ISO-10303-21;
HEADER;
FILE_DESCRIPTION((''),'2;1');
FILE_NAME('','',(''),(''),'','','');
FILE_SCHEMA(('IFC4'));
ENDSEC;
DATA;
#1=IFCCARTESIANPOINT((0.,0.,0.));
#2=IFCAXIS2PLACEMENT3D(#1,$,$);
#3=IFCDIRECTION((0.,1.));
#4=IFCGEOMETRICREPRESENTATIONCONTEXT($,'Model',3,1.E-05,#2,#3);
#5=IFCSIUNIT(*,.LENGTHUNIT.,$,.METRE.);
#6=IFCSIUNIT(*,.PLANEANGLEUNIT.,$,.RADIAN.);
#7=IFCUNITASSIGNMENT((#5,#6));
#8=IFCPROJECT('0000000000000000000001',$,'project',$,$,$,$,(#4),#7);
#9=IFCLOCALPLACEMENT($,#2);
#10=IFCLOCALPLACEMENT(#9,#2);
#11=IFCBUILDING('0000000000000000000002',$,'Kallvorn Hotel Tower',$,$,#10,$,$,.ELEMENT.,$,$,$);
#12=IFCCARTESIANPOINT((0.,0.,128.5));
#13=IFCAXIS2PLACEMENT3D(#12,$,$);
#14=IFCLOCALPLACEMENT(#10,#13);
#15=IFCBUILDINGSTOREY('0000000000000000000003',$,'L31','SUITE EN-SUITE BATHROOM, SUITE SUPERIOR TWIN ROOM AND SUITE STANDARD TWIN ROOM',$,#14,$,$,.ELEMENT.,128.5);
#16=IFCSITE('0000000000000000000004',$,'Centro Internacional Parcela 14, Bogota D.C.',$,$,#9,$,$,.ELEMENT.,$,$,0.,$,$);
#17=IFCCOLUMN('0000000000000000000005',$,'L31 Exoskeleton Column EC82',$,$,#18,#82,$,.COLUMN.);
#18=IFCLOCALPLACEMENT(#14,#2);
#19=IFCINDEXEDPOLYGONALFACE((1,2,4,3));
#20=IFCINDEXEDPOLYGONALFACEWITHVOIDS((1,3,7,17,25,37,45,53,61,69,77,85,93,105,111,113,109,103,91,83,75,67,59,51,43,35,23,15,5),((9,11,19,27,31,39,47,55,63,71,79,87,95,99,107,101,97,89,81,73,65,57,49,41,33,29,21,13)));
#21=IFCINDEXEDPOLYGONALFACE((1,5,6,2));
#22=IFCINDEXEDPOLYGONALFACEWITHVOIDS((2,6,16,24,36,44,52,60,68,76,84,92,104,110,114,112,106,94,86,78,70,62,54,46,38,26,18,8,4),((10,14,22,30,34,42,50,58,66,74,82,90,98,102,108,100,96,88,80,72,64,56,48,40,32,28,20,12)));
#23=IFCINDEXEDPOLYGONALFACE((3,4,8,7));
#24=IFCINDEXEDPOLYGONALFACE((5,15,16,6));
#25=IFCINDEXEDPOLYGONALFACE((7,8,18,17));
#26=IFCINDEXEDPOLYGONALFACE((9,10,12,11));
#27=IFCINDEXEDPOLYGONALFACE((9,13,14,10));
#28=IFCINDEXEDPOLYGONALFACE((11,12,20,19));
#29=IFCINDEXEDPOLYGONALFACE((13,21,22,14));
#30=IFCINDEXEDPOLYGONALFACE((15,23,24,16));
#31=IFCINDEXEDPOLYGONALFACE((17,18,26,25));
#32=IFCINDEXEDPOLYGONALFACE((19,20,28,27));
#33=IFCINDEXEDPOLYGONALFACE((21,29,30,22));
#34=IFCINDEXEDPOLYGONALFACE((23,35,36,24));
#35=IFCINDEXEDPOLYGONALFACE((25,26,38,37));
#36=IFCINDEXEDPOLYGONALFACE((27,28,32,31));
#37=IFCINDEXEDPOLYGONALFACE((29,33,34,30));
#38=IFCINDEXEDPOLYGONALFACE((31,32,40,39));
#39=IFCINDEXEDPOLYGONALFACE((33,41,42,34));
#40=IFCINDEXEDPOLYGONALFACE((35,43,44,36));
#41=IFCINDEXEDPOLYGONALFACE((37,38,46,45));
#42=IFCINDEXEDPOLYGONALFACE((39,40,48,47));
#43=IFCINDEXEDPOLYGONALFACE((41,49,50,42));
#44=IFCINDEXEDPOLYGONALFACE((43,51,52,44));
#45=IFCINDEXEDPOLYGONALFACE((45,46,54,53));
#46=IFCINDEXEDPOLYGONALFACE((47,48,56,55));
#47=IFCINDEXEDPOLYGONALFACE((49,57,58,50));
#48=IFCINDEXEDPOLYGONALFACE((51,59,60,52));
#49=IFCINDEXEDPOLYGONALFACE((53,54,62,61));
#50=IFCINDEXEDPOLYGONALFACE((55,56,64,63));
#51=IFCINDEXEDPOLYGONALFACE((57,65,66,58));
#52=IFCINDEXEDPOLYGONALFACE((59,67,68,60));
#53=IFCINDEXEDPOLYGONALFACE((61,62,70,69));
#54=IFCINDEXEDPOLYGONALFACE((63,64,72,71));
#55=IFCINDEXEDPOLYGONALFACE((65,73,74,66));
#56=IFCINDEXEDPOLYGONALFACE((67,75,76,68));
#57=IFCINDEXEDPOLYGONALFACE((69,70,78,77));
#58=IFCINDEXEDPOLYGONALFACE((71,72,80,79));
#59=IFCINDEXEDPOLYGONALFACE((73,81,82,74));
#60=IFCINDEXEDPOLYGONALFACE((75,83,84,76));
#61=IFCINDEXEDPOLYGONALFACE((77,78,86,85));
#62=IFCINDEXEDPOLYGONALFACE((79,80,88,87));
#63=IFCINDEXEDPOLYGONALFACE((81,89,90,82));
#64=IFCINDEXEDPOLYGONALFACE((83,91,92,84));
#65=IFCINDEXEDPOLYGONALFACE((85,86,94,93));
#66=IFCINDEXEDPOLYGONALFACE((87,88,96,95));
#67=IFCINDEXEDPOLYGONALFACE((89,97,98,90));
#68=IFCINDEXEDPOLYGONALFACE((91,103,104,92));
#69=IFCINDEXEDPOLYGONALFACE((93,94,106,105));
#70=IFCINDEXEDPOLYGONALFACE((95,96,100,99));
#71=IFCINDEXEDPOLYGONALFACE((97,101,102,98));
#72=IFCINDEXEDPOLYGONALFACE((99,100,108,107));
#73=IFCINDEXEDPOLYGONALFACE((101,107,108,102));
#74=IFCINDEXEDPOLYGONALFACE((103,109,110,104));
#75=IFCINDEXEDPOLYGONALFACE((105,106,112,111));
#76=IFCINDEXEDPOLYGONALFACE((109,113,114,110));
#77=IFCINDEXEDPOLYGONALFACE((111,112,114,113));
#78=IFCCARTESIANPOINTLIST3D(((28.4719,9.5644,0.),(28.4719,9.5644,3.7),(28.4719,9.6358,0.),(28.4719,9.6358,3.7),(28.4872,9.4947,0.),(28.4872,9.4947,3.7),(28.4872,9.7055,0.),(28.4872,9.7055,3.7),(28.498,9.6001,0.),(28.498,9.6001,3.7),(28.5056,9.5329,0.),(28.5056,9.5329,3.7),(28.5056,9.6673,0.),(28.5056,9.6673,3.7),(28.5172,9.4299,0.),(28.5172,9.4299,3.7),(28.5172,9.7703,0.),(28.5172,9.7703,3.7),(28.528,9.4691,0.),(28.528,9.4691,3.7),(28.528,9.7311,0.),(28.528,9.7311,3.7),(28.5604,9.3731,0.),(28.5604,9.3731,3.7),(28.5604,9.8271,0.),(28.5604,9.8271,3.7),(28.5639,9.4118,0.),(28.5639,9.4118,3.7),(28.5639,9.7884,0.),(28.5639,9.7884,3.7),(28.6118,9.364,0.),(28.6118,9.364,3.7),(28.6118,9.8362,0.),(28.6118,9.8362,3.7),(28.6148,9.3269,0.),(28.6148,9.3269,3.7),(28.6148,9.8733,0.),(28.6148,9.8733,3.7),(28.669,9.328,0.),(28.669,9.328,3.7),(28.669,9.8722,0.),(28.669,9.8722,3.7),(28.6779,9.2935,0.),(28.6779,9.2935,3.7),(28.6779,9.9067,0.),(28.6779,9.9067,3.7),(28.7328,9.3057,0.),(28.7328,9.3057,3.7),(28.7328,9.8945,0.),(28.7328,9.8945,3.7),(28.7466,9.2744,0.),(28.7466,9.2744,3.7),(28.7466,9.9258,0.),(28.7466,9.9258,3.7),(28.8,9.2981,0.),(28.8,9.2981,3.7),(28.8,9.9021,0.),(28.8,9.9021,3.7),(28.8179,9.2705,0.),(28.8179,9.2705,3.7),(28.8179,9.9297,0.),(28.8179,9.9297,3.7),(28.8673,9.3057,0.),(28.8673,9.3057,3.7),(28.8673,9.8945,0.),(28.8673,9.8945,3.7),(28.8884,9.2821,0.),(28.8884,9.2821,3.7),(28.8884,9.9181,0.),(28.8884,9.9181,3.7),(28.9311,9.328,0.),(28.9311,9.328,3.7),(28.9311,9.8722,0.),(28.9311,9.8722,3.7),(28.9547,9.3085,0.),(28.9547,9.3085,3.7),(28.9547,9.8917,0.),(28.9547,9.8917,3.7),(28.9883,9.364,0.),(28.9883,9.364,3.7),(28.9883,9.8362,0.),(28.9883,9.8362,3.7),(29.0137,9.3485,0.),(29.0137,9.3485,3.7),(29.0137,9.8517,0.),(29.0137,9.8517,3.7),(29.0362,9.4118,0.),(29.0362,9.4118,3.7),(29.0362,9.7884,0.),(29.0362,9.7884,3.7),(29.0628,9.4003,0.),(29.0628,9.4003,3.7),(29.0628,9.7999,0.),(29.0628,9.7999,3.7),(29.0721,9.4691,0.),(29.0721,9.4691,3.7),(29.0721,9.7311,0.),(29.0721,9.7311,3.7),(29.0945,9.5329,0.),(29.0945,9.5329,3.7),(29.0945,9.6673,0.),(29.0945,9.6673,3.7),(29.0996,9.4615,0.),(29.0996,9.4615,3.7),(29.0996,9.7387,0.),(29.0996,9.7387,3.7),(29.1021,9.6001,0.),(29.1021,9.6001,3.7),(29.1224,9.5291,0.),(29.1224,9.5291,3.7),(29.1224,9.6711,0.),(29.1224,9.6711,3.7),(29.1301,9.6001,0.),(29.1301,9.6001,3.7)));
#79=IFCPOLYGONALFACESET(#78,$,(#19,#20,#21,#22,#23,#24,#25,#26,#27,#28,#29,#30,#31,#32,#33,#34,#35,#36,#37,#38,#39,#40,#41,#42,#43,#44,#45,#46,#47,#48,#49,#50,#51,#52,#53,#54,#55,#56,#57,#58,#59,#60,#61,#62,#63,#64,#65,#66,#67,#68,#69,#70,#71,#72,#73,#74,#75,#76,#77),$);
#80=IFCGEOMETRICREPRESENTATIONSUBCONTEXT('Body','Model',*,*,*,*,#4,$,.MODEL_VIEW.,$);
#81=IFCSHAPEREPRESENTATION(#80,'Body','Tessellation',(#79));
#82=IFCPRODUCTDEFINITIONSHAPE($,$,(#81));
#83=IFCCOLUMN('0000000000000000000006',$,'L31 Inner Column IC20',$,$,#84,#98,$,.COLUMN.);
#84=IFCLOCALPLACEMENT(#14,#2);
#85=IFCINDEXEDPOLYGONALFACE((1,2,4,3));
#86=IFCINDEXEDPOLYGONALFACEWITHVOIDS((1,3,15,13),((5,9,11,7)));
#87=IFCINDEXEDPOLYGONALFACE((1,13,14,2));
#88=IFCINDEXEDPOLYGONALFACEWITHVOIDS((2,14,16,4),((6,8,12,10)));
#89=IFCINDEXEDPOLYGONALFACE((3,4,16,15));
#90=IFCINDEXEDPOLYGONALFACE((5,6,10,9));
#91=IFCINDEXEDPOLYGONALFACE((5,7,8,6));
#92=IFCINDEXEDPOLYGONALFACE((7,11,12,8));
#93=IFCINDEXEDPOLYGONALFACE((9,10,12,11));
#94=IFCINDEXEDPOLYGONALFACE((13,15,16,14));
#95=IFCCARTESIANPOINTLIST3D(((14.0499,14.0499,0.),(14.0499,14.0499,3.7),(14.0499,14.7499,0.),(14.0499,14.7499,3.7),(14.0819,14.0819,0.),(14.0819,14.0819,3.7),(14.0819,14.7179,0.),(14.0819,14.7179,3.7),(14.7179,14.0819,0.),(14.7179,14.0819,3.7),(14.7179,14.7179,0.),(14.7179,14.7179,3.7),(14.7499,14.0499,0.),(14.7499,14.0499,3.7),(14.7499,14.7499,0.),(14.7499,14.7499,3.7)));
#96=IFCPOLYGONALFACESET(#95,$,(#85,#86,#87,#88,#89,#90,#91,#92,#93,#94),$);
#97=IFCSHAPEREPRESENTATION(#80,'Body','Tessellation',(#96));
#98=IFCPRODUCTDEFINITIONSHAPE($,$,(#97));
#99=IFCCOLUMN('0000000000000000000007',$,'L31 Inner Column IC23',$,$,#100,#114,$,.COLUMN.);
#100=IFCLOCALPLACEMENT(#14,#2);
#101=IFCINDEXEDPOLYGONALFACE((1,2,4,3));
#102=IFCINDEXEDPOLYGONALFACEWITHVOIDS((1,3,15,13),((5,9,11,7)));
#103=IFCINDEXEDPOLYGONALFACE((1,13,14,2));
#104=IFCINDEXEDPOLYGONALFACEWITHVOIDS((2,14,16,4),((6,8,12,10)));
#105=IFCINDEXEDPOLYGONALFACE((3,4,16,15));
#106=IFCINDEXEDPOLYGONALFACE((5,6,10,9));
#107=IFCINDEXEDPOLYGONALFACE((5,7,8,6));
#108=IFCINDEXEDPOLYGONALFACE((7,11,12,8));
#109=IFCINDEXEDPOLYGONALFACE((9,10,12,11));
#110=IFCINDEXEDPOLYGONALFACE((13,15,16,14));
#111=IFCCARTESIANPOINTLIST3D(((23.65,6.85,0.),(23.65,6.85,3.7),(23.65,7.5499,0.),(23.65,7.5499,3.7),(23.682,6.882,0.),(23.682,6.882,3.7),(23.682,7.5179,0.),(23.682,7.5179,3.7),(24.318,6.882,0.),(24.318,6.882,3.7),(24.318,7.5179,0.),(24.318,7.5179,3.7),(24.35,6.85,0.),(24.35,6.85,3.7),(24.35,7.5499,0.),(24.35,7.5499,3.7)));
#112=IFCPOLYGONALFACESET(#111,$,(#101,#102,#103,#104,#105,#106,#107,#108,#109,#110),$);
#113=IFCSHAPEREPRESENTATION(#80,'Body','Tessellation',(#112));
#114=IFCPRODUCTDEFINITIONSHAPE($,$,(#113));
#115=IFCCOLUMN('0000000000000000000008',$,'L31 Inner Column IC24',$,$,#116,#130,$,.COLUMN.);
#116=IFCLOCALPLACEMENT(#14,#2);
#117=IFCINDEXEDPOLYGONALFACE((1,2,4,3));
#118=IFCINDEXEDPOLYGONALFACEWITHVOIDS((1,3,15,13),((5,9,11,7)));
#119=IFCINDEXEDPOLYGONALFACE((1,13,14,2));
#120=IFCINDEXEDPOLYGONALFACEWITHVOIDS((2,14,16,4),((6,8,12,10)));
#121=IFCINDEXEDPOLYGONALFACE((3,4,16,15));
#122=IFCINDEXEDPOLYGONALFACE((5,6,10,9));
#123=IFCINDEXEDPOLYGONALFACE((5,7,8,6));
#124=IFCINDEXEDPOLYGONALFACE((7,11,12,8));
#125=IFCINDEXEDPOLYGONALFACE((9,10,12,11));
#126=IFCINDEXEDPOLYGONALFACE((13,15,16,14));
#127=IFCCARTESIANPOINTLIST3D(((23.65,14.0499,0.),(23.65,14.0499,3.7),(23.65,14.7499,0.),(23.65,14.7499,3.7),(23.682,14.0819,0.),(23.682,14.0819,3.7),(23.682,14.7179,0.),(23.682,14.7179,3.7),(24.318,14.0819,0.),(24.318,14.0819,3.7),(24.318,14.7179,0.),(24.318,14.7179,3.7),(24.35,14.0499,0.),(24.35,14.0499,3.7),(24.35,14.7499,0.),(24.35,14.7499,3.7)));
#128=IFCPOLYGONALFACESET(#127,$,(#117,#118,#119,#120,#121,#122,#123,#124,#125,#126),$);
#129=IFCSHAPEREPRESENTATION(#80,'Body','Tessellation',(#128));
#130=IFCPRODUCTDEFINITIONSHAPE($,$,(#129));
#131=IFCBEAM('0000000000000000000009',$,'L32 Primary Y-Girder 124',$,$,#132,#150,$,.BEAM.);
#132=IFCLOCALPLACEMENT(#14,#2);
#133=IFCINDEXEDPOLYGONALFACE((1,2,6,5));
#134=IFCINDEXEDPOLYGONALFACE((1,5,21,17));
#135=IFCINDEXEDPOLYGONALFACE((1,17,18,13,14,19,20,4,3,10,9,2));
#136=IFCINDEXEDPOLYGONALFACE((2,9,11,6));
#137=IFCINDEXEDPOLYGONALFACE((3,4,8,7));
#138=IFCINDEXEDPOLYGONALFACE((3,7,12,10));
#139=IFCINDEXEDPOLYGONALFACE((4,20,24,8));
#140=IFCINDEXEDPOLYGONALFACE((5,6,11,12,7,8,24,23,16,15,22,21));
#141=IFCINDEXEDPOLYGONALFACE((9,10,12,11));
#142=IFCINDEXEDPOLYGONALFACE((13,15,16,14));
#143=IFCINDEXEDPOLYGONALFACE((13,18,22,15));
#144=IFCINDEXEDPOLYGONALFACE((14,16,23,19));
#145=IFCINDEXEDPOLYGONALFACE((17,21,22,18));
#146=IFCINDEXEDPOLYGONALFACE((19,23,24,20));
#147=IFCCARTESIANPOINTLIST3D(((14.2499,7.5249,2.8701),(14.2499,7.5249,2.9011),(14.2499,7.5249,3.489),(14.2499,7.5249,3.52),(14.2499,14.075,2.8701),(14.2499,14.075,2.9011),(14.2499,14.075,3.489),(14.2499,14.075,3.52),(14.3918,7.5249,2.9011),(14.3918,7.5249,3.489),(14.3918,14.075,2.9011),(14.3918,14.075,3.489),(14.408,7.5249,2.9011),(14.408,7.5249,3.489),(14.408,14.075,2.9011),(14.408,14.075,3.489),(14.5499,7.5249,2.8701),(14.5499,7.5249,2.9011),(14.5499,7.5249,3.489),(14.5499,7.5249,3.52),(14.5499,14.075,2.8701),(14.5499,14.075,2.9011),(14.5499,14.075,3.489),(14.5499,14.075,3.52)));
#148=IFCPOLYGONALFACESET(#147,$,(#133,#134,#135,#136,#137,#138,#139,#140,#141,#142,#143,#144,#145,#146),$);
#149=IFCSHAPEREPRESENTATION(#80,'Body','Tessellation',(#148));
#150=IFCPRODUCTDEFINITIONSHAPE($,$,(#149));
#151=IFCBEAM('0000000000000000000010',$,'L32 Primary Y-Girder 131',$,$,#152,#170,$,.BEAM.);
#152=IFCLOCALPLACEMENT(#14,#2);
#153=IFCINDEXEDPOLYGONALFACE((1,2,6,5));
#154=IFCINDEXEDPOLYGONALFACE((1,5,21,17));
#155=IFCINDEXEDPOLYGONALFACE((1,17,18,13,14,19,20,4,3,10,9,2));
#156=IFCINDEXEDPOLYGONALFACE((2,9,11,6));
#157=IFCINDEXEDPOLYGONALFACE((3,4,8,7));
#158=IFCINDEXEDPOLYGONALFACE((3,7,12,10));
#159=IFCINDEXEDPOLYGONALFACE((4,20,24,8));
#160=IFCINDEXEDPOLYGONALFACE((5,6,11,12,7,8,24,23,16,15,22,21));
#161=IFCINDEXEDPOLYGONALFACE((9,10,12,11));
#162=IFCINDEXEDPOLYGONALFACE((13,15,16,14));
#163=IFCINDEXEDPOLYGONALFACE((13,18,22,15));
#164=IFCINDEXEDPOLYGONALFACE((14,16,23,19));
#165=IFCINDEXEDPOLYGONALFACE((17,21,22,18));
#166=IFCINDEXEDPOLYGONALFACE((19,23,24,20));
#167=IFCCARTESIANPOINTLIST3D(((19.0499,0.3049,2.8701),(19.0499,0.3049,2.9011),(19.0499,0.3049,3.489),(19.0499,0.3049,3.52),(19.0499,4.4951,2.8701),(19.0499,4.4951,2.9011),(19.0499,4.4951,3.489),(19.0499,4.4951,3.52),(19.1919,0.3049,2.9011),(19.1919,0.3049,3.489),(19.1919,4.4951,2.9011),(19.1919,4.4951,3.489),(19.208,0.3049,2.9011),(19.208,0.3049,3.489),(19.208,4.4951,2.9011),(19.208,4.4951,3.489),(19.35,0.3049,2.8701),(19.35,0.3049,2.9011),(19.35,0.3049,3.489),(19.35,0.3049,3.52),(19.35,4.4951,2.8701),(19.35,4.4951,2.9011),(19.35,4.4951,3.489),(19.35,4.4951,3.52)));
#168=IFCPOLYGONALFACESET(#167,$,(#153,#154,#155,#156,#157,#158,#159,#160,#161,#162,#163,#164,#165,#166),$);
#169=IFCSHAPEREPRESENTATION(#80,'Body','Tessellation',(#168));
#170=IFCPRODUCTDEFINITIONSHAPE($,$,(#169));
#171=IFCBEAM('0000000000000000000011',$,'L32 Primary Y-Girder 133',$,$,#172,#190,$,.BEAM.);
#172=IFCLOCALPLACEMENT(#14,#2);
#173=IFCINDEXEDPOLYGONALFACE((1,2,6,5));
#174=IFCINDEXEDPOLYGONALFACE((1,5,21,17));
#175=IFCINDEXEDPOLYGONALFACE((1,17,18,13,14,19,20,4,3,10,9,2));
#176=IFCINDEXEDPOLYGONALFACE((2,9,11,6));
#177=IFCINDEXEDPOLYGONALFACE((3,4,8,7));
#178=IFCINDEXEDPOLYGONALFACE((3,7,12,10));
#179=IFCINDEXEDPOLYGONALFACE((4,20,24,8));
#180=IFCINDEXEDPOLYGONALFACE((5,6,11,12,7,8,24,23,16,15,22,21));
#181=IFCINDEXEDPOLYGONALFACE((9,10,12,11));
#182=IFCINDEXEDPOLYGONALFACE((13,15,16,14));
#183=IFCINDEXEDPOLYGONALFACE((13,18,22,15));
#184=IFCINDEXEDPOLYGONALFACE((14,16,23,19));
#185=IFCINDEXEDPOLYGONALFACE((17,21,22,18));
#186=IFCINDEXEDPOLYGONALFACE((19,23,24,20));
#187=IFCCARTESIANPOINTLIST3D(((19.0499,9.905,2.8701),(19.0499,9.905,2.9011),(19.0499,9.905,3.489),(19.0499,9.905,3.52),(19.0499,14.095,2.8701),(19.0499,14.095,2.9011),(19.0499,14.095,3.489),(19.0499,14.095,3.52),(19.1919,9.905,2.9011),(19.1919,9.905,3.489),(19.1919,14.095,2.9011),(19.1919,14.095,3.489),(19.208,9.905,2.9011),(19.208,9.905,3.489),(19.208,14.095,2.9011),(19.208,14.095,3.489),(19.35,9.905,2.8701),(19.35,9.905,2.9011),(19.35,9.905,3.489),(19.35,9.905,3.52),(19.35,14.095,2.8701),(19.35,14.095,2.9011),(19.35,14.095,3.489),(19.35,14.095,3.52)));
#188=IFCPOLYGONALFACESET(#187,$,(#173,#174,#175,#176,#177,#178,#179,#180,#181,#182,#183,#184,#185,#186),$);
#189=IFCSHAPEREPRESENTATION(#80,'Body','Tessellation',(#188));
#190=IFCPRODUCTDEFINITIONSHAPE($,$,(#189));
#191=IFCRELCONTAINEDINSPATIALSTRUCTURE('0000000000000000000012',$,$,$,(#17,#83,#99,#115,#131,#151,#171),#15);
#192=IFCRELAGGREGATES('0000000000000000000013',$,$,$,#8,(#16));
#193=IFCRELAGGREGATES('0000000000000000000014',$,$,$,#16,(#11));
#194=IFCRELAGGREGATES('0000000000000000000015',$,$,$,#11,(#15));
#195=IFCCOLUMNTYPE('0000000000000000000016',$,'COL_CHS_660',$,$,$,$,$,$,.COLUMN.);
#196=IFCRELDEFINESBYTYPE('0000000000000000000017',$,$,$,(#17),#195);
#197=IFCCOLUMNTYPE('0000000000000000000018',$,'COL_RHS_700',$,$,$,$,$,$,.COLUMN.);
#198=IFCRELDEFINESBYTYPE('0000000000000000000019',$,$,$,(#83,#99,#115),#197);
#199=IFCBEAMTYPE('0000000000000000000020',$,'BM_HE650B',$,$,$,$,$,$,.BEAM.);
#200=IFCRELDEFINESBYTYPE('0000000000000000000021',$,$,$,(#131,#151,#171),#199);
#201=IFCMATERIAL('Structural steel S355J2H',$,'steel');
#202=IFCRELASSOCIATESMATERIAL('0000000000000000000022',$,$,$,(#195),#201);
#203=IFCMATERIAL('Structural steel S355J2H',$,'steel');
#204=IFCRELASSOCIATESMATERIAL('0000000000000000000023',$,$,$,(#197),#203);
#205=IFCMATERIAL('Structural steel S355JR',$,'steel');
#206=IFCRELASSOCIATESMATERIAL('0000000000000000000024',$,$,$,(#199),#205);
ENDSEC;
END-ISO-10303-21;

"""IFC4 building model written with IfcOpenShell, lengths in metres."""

from ifc_helpers import new_model, si_unit, direction, frame, origin, origin_2d, place, context, subcontext, project, spatial, hollow_rectangle, hollow_circle, i_section, extrude, material, material_profile, profile_set, type_object, element, save


model = new_model("IFC4")

# Units and contexts
model_context = context("Model", 3, precision=1e-05, world=origin(), true_north=direction((0.0, 1.0)))
body_context = subcontext(model_context, "Body", "Model", "MODEL_VIEW")
ifc_project = project(units=[si_unit("LENGTHUNIT", "METRE"), si_unit("PLANEANGLEUNIT", "RADIAN")], contexts=[model_context])

# Site, building, storey
site_placement = place(None, origin())
site = spatial("IfcSite", under=ifc_project, at=site_placement, Name="Centro Internacional Parcela 14, Bogota D.C.", CompositionType="ELEMENT", RefElevation=0.0)
building_placement = place(site_placement, origin())
building = spatial("IfcBuilding", under=site, at=building_placement, Name="Kallvorn Hotel Tower", CompositionType="ELEMENT")
storey_placement = place(building_placement, frame((0.0, 0.0, 128.5)))
storey = spatial("IfcBuildingStorey", under=building, at=storey_placement, Name="L31", Description="SUITE EN-SUITE BATHROOM, SUITE SUPERIOR TWIN ROOM AND SUITE STANDARD TWIN ROOM", CompositionType="ELEMENT", Elevation=128.5)

# Columns
ifc_material_1 = material(Name="Structural steel S355J2H", Category="steel")
ifc_material_profile_1 = material_profile(ifc_material_1, hollow_circle(Radius=0.3301, WallThickness=0.0281, at=origin_2d()), Name="CHS 660x28")
ifc_profile_set_1 = profile_set([ifc_material_profile_1], Name="Structural steel S355J2H")
column_type_1 = type_object("IfcColumnType", Name="COL_CHS_660", PredefinedType="COLUMN", material=ifc_profile_set_1)
for number, where, z_axis, x_axis, name in (
    (1, (28.8, 9.6001, 0.0), (0.0, 0.0, 1.0), (1.0, 0.0, 0.0), "L31 Exoskeleton Column EC82"),
):
    element("IfcColumn", number, at=place(storey_placement, frame(where, z_axis=z_axis, x_axis=x_axis)), inside=storey, type_object=column_type_1, Name=name, PredefinedType="COLUMN", context=body_context, shape_type="SweptSolid", body=[
        extrude(hollow_circle(Radius=0.3301, WallThickness=0.0281, at=origin_2d()), origin(), (0.0, 0.0, 1.0), 3.7),
    ])
ifc_material_2 = material(Name="Structural steel S355J2H", Category="steel")
ifc_material_profile_2 = material_profile(ifc_material_2, hollow_rectangle(XDim=0.7, YDim=0.7, WallThickness=0.032, at=origin_2d()), Name="RHS 700x700x32")
ifc_profile_set_2 = profile_set([ifc_material_profile_2], Name="Structural steel S355J2H")
column_type_2 = type_object("IfcColumnType", Name="COL_RHS_700", PredefinedType="COLUMN", material=ifc_profile_set_2)
for number, where, z_axis, x_axis, name in (
    (2, (14.3999, 14.3999, 0.0), (0.0, 0.0, 1.0), (1.0, 0.0, 0.0), "L31 Inner Column IC20"),
    (3, (24.0, 7.2, 0.0), (0.0, 0.0, 1.0), (1.0, 0.0, 0.0), "L31 Inner Column IC23"),
    (4, (24.0, 14.3999, 0.0), (0.0, 0.0, 1.0), (1.0, 0.0, 0.0), "L31 Inner Column IC24"),
):
    element("IfcColumn", number, at=place(storey_placement, frame(where, z_axis=z_axis, x_axis=x_axis)), inside=storey, type_object=column_type_2, Name=name, PredefinedType="COLUMN", context=body_context, shape_type="SweptSolid", body=[
        extrude(hollow_rectangle(XDim=0.7, YDim=0.7, WallThickness=0.032, at=origin_2d()), origin(), (0.0, 0.0, 1.0), 3.7),
    ])

# Beams
ifc_material_3 = material(Name="Structural steel S355JR", Category="steel")
ifc_material_profile_3 = material_profile(ifc_material_3, i_section(OverallWidth=0.3, OverallDepth=0.6499, WebThickness=0.0161, FlangeThickness=0.031, at=origin_2d()), Name="HE 650 B")
ifc_profile_set_3 = profile_set([ifc_material_profile_3], Name="Structural steel S355JR")
beam_type_1 = type_object("IfcBeamType", Name="BM_HE650B", PredefinedType="BEAM", material=ifc_profile_set_3)
beam_1_placement = place(storey_placement, frame((14.3999, 7.5249, 3.1951), z_axis=(0.0, 1.0, 0.0), x_axis=(-1.0, 0.0, 0.0)))
element("IfcBeam", 5, at=beam_1_placement, inside=storey, type_object=beam_type_1, Name="L32 Primary Y-Girder 124", PredefinedType="BEAM", context=body_context, shape_type="SweptSolid", body=[
    extrude(i_section(OverallWidth=0.3, OverallDepth=0.6499, WebThickness=0.0161, FlangeThickness=0.031, at=origin_2d()), origin(), (0.0, 0.0, 1.0), 6.55),
])
beam_2_placement = place(storey_placement, frame((19.2, 0.3049, 3.1951), z_axis=(0.0, 1.0, 0.0), x_axis=(-1.0, 0.0, 0.0)))
element("IfcBeam", 6, at=beam_2_placement, inside=storey, type_object=beam_type_1, Name="L32 Primary Y-Girder 131", PredefinedType="BEAM", context=body_context, shape_type="SweptSolid", body=[
    extrude(i_section(OverallWidth=0.3, OverallDepth=0.6499, WebThickness=0.0161, FlangeThickness=0.031, at=origin_2d()), origin(), (0.0, 0.0, 1.0), 4.1902),
])
beam_3_placement = place(storey_placement, frame((19.2, 9.905, 3.1951), z_axis=(0.0, 1.0, 0.0), x_axis=(-1.0, 0.0, 0.0)))
element("IfcBeam", 7, at=beam_3_placement, inside=storey, type_object=beam_type_1, Name="L32 Primary Y-Girder 133", PredefinedType="BEAM", context=body_context, shape_type="SweptSolid", body=[
    extrude(i_section(OverallWidth=0.3, OverallDepth=0.6499, WebThickness=0.0161, FlangeThickness=0.031, at=origin_2d()), origin(), (0.0, 0.0, 1.0), 4.1899),
])

save(model, "model.ifc")
